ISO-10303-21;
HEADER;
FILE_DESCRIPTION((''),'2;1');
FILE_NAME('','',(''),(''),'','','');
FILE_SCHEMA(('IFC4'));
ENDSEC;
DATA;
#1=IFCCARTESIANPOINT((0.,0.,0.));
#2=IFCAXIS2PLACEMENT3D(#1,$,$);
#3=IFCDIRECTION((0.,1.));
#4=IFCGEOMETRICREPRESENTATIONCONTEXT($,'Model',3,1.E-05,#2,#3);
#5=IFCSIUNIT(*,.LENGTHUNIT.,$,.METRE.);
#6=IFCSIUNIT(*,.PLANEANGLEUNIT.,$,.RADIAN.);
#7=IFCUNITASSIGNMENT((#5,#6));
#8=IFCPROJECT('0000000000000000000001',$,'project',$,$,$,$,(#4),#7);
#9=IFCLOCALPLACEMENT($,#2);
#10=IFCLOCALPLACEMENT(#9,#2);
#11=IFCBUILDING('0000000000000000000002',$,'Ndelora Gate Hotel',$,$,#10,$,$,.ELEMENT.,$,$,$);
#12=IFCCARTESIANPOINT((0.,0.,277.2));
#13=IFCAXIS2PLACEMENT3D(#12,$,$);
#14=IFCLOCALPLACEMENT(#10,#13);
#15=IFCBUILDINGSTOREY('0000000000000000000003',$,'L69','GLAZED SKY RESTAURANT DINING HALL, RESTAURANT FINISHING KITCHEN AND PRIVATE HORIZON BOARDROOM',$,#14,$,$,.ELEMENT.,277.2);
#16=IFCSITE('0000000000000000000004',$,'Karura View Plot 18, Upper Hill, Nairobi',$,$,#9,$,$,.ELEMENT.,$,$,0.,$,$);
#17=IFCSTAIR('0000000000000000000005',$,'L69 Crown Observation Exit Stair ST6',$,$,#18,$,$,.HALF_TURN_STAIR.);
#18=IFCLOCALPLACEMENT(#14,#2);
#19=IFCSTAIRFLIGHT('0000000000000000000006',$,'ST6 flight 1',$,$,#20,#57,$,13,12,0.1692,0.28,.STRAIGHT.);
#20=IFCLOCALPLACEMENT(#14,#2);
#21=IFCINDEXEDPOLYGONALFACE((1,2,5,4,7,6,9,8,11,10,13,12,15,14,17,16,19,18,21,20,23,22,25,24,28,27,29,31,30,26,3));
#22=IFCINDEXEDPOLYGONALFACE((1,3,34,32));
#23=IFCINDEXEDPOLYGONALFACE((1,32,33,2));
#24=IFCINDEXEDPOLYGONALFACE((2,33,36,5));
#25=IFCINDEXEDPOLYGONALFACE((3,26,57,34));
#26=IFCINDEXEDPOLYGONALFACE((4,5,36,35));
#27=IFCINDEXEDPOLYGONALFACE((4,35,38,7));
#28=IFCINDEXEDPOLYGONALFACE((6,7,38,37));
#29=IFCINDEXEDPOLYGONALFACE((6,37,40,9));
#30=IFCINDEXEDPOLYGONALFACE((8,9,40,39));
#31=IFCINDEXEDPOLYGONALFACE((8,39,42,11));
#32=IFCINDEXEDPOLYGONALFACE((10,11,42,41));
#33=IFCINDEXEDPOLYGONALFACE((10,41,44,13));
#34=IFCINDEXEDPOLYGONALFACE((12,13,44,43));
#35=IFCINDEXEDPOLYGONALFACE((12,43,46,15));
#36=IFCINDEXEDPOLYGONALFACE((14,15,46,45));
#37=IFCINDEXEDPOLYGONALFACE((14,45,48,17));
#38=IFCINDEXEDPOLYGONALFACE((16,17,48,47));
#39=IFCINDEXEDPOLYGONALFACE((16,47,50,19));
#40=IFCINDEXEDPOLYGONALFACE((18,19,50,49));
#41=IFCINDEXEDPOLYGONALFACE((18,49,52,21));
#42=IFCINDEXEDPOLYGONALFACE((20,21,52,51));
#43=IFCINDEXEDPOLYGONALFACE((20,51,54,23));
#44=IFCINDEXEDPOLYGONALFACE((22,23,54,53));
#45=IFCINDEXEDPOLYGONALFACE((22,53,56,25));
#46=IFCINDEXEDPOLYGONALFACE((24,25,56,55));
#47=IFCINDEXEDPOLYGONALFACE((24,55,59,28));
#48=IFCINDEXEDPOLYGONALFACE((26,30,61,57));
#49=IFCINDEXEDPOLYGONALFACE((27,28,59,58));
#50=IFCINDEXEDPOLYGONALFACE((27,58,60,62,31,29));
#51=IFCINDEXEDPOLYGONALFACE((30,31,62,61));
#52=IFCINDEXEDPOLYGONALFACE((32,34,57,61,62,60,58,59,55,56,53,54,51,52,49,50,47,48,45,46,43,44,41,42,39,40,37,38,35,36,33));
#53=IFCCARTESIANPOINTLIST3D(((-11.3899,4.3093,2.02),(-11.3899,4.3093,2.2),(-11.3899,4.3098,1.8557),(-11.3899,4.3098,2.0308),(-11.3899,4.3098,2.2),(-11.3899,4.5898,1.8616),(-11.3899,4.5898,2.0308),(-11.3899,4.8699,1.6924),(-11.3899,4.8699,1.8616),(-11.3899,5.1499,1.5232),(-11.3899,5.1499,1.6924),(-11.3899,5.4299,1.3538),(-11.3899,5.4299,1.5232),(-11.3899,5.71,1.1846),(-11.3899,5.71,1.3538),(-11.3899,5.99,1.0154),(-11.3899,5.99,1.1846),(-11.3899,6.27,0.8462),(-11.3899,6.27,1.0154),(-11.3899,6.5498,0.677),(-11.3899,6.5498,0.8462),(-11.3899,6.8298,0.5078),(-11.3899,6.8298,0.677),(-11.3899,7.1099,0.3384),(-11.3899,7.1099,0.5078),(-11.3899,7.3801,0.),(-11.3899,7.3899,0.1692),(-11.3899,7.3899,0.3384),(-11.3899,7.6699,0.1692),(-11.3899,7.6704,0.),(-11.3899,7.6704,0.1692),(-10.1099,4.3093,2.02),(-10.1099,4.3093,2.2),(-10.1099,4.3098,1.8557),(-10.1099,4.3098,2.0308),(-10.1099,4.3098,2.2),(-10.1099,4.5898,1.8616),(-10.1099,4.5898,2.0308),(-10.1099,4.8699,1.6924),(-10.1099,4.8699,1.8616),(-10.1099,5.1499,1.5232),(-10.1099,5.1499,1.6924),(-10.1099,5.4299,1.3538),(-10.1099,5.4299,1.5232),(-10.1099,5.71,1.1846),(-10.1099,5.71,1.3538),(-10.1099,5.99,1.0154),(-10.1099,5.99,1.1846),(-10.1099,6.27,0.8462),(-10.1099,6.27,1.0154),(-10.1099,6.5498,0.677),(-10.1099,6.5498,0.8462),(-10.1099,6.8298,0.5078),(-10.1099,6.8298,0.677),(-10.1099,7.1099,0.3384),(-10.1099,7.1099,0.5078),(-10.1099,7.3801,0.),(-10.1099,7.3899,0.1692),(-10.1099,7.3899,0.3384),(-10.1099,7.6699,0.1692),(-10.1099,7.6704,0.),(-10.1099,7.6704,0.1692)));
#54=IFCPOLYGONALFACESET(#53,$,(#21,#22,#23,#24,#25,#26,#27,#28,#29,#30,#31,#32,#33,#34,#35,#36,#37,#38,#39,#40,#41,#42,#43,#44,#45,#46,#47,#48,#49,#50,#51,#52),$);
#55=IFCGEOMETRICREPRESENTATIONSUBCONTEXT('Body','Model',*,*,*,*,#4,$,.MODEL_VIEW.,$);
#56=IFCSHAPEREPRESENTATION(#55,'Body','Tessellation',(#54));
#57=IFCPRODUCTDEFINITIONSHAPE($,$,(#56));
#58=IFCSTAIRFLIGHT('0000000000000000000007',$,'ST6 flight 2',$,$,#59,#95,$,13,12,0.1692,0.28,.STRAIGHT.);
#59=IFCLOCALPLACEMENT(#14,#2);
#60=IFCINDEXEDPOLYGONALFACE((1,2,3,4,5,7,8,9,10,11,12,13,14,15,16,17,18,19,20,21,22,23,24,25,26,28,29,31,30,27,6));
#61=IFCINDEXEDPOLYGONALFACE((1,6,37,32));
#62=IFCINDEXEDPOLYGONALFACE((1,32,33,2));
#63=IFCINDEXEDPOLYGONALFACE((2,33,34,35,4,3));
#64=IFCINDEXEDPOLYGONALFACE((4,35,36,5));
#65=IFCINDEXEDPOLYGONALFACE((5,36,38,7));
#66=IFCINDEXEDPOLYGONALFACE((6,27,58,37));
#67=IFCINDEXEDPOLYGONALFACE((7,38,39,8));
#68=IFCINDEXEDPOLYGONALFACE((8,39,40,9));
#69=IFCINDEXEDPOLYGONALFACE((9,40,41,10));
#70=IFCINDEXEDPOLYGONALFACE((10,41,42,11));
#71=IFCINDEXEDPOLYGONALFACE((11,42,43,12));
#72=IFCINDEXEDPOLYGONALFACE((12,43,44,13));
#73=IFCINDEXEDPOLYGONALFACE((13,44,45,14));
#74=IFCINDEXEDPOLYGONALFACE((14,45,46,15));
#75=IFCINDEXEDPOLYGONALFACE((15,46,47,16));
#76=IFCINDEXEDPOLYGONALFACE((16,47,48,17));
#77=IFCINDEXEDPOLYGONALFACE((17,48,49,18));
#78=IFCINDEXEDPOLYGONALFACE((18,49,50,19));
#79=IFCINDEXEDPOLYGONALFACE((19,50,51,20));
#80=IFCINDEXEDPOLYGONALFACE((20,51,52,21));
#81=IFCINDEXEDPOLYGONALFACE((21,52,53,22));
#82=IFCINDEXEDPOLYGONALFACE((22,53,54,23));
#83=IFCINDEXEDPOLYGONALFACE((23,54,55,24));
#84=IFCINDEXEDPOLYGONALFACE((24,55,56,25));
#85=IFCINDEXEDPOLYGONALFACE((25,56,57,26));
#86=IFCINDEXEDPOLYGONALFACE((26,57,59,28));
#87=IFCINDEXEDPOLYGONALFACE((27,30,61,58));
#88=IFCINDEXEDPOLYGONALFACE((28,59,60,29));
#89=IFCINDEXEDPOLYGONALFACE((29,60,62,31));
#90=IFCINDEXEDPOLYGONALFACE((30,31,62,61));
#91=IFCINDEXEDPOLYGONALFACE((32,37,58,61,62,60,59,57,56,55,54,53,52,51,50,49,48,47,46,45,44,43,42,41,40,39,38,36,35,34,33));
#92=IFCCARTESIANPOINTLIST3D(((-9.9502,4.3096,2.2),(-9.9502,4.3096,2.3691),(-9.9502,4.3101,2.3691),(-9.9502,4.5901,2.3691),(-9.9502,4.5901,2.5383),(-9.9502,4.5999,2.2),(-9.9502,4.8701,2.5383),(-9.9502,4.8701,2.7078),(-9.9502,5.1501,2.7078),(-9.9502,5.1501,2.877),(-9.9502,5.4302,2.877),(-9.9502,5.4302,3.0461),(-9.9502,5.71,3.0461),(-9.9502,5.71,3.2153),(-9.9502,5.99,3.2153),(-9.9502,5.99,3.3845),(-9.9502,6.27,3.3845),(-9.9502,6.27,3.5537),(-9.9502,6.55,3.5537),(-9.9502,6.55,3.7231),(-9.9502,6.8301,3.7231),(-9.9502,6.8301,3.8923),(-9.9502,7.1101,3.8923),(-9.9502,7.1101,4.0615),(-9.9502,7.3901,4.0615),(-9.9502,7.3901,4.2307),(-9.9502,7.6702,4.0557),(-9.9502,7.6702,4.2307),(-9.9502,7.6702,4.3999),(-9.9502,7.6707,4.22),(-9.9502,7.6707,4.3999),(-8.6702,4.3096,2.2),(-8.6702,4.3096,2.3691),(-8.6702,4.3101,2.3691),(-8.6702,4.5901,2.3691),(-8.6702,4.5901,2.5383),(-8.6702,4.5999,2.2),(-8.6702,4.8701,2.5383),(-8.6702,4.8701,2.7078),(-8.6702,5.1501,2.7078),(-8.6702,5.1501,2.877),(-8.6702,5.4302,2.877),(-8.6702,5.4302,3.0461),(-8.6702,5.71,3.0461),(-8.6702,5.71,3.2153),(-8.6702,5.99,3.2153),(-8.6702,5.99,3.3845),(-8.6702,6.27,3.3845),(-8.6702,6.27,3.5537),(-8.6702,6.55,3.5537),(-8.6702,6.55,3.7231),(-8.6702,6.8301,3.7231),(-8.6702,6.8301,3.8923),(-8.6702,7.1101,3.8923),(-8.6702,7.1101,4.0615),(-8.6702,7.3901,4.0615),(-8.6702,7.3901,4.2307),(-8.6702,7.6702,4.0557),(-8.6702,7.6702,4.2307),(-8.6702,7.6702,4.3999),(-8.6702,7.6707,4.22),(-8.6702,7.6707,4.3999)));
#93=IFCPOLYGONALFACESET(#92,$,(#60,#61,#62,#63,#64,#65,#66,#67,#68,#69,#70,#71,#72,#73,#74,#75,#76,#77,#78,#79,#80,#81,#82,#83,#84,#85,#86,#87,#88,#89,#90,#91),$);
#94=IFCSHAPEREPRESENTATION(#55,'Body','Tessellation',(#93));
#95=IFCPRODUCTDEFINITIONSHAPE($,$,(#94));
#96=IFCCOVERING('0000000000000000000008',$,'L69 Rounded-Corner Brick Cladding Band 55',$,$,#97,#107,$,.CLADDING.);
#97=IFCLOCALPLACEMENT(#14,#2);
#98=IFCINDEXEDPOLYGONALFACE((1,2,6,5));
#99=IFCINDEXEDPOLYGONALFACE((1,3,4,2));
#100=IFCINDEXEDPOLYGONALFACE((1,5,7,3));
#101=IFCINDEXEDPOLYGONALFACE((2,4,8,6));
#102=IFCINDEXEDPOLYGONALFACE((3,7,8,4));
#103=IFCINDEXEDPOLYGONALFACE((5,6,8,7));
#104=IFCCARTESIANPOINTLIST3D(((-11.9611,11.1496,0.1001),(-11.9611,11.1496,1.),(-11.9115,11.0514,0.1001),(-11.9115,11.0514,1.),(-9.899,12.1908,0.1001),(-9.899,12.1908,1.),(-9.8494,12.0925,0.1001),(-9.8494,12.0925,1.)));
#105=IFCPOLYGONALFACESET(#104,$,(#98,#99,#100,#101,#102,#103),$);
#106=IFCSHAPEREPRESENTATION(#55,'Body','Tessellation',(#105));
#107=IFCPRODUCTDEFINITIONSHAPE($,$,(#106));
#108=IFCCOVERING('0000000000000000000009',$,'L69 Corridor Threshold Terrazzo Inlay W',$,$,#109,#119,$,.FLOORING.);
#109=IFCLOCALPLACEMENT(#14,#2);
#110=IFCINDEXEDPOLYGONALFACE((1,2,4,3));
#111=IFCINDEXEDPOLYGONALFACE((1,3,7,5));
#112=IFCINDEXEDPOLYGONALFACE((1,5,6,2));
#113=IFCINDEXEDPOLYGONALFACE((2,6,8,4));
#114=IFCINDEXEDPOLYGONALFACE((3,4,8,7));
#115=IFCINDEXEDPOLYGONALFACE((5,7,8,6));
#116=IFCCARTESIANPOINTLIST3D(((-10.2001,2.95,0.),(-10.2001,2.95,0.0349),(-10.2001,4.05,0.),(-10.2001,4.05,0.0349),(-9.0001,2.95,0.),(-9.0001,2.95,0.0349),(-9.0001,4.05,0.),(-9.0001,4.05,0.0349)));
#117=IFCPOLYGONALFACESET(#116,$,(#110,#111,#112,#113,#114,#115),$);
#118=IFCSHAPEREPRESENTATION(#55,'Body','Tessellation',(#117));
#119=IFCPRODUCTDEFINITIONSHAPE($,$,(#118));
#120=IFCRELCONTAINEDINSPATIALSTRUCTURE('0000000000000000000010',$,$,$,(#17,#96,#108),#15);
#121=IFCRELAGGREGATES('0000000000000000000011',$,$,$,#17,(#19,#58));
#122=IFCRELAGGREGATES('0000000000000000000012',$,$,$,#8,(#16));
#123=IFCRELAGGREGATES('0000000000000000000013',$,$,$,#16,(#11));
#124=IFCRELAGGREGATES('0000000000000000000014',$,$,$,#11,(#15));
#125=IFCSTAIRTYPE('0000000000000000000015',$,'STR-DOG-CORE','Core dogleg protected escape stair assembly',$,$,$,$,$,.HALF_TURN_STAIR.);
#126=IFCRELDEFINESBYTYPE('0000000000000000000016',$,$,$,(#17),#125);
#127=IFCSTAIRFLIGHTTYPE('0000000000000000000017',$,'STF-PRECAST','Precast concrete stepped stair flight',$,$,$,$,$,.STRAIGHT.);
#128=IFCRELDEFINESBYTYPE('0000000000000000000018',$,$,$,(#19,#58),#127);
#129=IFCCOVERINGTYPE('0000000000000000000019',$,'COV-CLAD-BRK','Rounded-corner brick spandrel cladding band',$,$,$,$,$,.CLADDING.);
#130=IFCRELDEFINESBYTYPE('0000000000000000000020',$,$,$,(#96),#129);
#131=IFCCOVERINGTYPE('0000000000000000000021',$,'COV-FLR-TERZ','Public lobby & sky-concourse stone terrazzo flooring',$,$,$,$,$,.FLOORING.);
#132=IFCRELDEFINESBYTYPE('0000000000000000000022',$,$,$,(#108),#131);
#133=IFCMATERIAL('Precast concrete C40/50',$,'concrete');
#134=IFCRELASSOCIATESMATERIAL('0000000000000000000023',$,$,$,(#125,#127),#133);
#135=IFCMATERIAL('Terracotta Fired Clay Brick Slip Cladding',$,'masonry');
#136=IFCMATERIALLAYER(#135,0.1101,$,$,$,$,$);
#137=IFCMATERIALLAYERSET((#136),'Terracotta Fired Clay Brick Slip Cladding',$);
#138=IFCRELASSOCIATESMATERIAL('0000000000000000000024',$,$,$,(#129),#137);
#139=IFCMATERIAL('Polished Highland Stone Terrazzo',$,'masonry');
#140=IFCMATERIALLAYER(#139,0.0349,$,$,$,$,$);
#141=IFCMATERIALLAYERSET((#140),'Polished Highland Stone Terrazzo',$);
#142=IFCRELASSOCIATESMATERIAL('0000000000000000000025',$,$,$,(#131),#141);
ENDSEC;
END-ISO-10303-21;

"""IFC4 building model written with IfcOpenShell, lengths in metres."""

from ifc_helpers import new_model, si_unit, direction, frame, origin, origin_2d, place, context, subcontext, project, spatial, polyline, rectangle, outline, extrude, material, layer, layer_set, type_object, element, aggregate, save


model = new_model("IFC4")

# Units and contexts
model_context = context("Model", 3, precision=1e-05, world=origin(), true_north=direction((0.0, 1.0)))
body_context = subcontext(model_context, "Body", "Model", "MODEL_VIEW")
ifc_project = project(units=[si_unit("LENGTHUNIT", "METRE"), si_unit("PLANEANGLEUNIT", "RADIAN")], contexts=[model_context])

# Site, building, storey
site_placement = place(None, origin())
site = spatial("IfcSite", under=ifc_project, at=site_placement, Name="Karura View Plot 18, Upper Hill, Nairobi", CompositionType="ELEMENT", RefElevation=0.0)
building_placement = place(site_placement, origin())
building = spatial("IfcBuilding", under=site, at=building_placement, Name="Ndelora Gate Hotel", CompositionType="ELEMENT")
storey_placement = place(building_placement, frame((0.0, 0.0, 277.2)))
storey = spatial("IfcBuildingStorey", under=building, at=storey_placement, Name="L69", Description="GLAZED SKY RESTAURANT DINING HALL, RESTAURANT FINISHING KITCHEN AND PRIVATE HORIZON BOARDROOM", CompositionType="ELEMENT", Elevation=277.2)

# Stair, stair flights
ifc_material_1 = material(Name="Precast concrete C40/50", Category="concrete")
stair_type = type_object("IfcStairType", Name="STR-DOG-CORE", Description="Core dogleg protected escape stair assembly", PredefinedType="HALF_TURN_STAIR", material=ifc_material_1)
stair_placement = place(storey_placement, origin())
stair = element("IfcStair", 1, at=stair_placement, inside=storey, type_object=stair_type, Name="L69 Crown Observation Exit Stair ST6", PredefinedType="HALF_TURN_STAIR")
stair_flight_type = type_object("IfcStairFlightType", Name="STF-PRECAST", Description="Precast concrete stepped stair flight", PredefinedType="STRAIGHT", material=ifc_material_1)
stair_flight_1_placement = place(storey_placement, frame((-10.75, 7.6699, 0.0), z_axis=(0.0, 0.0, 1.0), x_axis=(0.0, -1.0, 0.0)))
stair_flight_1 = element("IfcStairFlight", 2, at=stair_flight_1_placement, type_object=stair_flight_type, Name="ST6 flight 1", NumberOfRisers=13, NumberOfTreads=12, PredefinedType="STRAIGHT", RiserHeight=0.1692, TreadLength=0.28, context=body_context, shape_type="SweptSolid", body=[
    extrude(outline(polyline([(-0.0005, 0.0), (-0.0005, 0.1692), (0.0, 0.1692), (0.28, 0.1692), (0.28, 0.3384), (0.5601, 0.3384), (0.5601, 0.5078), (0.8401, 0.5078), (0.8401, 0.677), (1.1201, 0.677), (1.1201, 0.8462), (1.3999, 0.8462), (1.3999, 1.0154), (1.6799, 1.0154), (1.6799, 1.1846), (1.96, 1.1846), (1.96, 1.3538), (2.24, 1.3538), (2.24, 1.5232), (2.52, 1.5232), (2.52, 1.6924), (2.8, 1.6924), (2.8, 1.8616), (3.0801, 1.8616), (3.0801, 2.0308), (3.3601, 2.0308), (3.3601, 2.2), (3.3606, 2.2), (3.3606, 2.02), (3.3601, 1.8557), (0.2898, 0.0), (-0.0005, 0.0)])), frame((0.0, 0.6401, 0.0), z_axis=(0.0, -1.0, 0.0), x_axis=(1.0, 0.0, 0.0)), (0.0, 0.0, 1.0), 1.28),
])
stair_flight_2_placement = place(storey_placement, frame((-9.3101, 4.3101, 2.2), z_axis=(0.0, 0.0, 1.0), x_axis=(0.0, 1.0, 0.0)))
stair_flight_2 = element("IfcStairFlight", 3, at=stair_flight_2_placement, type_object=stair_flight_type, Name="ST6 flight 2", NumberOfRisers=13, NumberOfTreads=12, PredefinedType="STRAIGHT", RiserHeight=0.1692, TreadLength=0.28, context=body_context, shape_type="SweptSolid", body=[
    extrude(outline(polyline([(-0.0005, 0.0), (-0.0005, 0.1692), (0.0, 0.1692), (0.28, 0.1692), (0.28, 0.3384), (0.5601, 0.3384), (0.5601, 0.5078), (0.8401, 0.5078), (0.8401, 0.677), (1.1201, 0.677), (1.1201, 0.8462), (1.3999, 0.8462), (1.3999, 1.0154), (1.6799, 1.0154), (1.6799, 1.1846), (1.96, 1.1846), (1.96, 1.3538), (2.24, 1.3538), (2.24, 1.5232), (2.52, 1.5232), (2.52, 1.6924), (2.8, 1.6924), (2.8, 1.8616), (3.0801, 1.8616), (3.0801, 2.0308), (3.3601, 2.0308), (3.3601, 2.2), (3.3606, 2.2), (3.3606, 2.02), (3.3601, 1.8557), (0.2898, 0.0), (-0.0005, 0.0)])), frame((0.0, 0.6401, 0.0), z_axis=(0.0, -1.0, 0.0), x_axis=(1.0, 0.0, 0.0)), (0.0, 0.0, 1.0), 1.28),
])
aggregate(stair, [stair_flight_1, stair_flight_2])

# Coverings
ifc_material_2 = material(Name="Terracotta Fired Clay Brick Slip Cladding", Category="masonry")
ifc_layer_1 = layer(ifc_material_2, 0.1101)
ifc_layer_set_1 = layer_set([ifc_layer_1], Name="Terracotta Fired Clay Brick Slip Cladding")
covering_type_1 = type_object("IfcCoveringType", Name="COV-CLAD-BRK", Description="Rounded-corner brick spandrel cladding band", PredefinedType="CLADDING", material=ifc_layer_set_1)
covering_1_placement = place(storey_placement, frame((-10.9053, 11.6211, 0.1001), z_axis=(0.0, 0.0, 1.0), x_axis=(0.892664, 0.450722, 0.0)))
element("IfcCovering", 4, at=covering_1_placement, inside=storey, type_object=covering_type_1, Name="L69 Rounded-Corner Brick Cladding Band 55", PredefinedType="CLADDING", context=body_context, shape_type="SweptSolid", body=[
    extrude(rectangle(XDim=2.3101, YDim=0.1101, at=origin_2d()), origin(), (0.0, 0.0, 1.0), 0.8999),
])
ifc_material_3 = material(Name="Polished Highland Stone Terrazzo", Category="masonry")
ifc_layer_2 = layer(ifc_material_3, 0.0349)
ifc_layer_set_2 = layer_set([ifc_layer_2], Name="Polished Highland Stone Terrazzo")
covering_type_2 = type_object("IfcCoveringType", Name="COV-FLR-TERZ", Description="Public lobby & sky-concourse stone terrazzo flooring", PredefinedType="FLOORING", material=ifc_layer_set_2)
covering_2_placement = place(storey_placement, frame((-9.6001, 3.5, 0.0), z_axis=(0.0, 0.0, 1.0), x_axis=(1.0, 0.0, 0.0)))
element("IfcCovering", 5, at=covering_2_placement, inside=storey, type_object=covering_type_2, Name="L69 Corridor Threshold Terrazzo Inlay W", PredefinedType="FLOORING", context=body_context, shape_type="SweptSolid", body=[
    extrude(rectangle(XDim=1.2, YDim=1.1001, at=origin_2d()), origin(), (0.0, 0.0, 1.0), 0.0349),
])

save(model, "model.ifc")
